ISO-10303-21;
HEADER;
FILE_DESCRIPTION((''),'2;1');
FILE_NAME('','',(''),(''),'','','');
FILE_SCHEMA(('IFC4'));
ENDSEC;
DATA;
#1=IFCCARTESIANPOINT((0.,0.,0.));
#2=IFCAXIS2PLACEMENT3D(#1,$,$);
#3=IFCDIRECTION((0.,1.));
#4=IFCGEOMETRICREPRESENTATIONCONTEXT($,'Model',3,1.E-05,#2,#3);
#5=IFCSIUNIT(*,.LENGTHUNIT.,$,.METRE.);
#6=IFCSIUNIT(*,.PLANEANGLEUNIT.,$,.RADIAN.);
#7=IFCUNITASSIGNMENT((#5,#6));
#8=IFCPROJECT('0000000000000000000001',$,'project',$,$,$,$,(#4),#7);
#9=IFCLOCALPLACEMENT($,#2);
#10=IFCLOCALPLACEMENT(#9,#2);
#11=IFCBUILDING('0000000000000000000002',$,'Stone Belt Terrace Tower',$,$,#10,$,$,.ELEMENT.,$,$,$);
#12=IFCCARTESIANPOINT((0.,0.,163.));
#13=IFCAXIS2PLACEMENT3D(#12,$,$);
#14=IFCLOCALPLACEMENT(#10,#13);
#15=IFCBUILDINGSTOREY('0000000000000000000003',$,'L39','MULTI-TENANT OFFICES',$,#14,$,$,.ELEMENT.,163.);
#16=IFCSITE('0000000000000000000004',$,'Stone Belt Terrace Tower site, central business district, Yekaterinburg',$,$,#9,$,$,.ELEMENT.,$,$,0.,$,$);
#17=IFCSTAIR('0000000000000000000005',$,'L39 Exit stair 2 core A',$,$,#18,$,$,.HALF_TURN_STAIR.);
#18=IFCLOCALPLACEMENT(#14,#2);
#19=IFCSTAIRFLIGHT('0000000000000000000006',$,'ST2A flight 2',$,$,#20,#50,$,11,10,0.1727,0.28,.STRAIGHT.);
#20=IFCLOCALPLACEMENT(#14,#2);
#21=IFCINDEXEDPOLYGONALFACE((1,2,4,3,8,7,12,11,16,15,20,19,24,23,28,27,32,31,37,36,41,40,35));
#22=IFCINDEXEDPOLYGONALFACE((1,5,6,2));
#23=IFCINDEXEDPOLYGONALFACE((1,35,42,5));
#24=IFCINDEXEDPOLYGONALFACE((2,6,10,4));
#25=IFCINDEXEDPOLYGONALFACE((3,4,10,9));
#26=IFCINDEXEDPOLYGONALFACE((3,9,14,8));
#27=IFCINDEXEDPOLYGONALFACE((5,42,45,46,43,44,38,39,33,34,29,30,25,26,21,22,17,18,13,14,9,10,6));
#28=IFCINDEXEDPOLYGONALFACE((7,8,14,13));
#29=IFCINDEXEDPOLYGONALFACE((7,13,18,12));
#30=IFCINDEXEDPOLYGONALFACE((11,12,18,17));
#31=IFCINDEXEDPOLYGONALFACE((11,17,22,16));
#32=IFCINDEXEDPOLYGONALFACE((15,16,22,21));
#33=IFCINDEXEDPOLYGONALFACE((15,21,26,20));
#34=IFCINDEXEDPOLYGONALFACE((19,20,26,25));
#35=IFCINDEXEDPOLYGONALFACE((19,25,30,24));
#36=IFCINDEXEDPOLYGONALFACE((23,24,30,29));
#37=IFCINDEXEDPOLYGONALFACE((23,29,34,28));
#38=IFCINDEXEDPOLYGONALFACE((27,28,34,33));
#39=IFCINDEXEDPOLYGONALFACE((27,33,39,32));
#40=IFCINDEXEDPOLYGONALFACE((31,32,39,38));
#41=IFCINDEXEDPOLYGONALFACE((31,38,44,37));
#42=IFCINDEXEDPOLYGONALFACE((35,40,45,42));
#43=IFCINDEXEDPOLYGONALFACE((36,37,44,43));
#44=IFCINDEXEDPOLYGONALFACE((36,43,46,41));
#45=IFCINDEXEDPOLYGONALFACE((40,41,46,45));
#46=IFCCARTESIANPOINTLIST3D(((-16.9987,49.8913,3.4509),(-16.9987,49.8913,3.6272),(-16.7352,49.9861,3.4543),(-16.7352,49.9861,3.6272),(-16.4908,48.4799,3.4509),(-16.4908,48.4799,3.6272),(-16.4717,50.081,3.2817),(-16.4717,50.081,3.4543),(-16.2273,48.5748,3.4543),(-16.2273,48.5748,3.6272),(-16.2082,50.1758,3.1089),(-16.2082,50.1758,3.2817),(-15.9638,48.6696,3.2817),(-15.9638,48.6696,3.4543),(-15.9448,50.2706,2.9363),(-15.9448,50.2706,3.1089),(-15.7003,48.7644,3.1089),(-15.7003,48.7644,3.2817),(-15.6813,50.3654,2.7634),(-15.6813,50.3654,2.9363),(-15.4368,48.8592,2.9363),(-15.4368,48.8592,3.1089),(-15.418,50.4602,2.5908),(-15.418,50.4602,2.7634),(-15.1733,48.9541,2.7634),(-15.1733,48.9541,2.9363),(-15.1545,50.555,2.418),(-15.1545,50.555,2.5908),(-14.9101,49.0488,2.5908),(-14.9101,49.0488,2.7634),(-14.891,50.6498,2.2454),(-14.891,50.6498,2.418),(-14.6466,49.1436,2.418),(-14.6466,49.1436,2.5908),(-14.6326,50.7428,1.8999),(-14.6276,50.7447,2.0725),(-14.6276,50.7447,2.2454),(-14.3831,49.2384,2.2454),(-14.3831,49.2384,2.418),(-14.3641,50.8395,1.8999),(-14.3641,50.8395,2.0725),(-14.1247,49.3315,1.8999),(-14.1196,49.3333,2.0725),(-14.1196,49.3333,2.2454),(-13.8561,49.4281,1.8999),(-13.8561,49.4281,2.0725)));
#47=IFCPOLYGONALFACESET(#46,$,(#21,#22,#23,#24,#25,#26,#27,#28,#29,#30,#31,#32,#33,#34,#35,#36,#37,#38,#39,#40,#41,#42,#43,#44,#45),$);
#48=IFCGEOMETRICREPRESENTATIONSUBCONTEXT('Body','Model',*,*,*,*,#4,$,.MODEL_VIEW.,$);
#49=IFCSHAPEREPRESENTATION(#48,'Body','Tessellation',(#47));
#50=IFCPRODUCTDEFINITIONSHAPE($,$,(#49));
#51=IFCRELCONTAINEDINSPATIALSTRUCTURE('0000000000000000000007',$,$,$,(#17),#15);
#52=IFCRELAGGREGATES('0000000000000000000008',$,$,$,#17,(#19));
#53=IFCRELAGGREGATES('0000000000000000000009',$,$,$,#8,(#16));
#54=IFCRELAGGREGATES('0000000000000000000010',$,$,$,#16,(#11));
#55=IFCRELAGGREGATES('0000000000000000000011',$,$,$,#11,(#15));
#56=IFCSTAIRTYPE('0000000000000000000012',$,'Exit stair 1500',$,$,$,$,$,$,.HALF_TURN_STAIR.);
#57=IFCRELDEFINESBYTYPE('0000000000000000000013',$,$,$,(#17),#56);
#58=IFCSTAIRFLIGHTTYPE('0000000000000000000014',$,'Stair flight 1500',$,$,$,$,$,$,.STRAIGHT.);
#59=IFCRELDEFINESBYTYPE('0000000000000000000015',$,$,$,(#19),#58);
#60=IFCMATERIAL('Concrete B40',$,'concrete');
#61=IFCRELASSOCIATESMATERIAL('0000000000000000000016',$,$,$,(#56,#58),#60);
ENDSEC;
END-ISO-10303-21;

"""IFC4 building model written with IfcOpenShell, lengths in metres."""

from ifc_helpers import new_model, si_unit, direction, frame, origin, place, context, subcontext, project, spatial, polyline, outline, extrude, material, type_object, element, aggregate, save


model = new_model("IFC4")

# Units and contexts
model_context = context("Model", 3, precision=1e-05, world=origin(), true_north=direction((0.0, 1.0)))
body_context = subcontext(model_context, "Body", "Model", "MODEL_VIEW")
ifc_project = project(units=[si_unit("LENGTHUNIT", "METRE"), si_unit("PLANEANGLEUNIT", "RADIAN")], contexts=[model_context])

# Site, building, storey
site_placement = place(None, origin())
site = spatial("IfcSite", under=ifc_project, at=site_placement, Name="Stone Belt Terrace Tower site, central business district, Yekaterinburg", CompositionType="ELEMENT", RefElevation=0.0)
building_placement = place(site_placement, origin())
building = spatial("IfcBuilding", under=site, at=building_placement, Name="Stone Belt Terrace Tower", CompositionType="ELEMENT")
storey_placement = place(building_placement, frame((0.0, 0.0, 163.0)))
storey = spatial("IfcBuildingStorey", under=building, at=storey_placement, Name="L39", Description="MULTI-TENANT OFFICES", CompositionType="ELEMENT", Elevation=163.0)

# Stair, stair flight
ifc_material_1 = material(Name="Concrete B40", Category="concrete")
stair_type = type_object("IfcStairType", Name="Exit stair 1500", PredefinedType="HALF_TURN_STAIR", material=ifc_material_1)
stair_placement = place(storey_placement, origin())
stair = element("IfcStair", 1, at=stair_placement, inside=storey, type_object=stair_type, Name="L39 Exit stair 2 core A", PredefinedType="HALF_TURN_STAIR")
stair_flight_type = type_object("IfcStairFlightType", Name="Stair flight 1500", PredefinedType="STRAIGHT", material=ifc_material_1)
stair_flight_1_placement = place(storey_placement, frame((-14.1101, 50.1338, 1.8999), z_axis=(0.0, 0.0, 1.0), x_axis=(-0.940922, -0.338624, 0.0)))
stair_flight_1 = element("IfcStairFlight", 2, at=stair_flight_1_placement, type_object=stair_flight_type, Name="ST2A flight 2", NumberOfRisers=11, NumberOfTreads=10, PredefinedType="STRAIGHT", RiserHeight=0.1727, TreadLength=0.28, context=body_context, shape_type="SweptSolid", body=[
    extrude(outline(polyline([(0.0, 0.0), (0.0, 0.1726), (0.28, 0.1726), (0.28, 0.3455), (0.5601, 0.3455), (0.5601, 0.5181), (0.8401, 0.5181), (0.8401, 0.6909), (1.1201, 0.6909), (1.1201, 0.8635), (1.3999, 0.8635), (1.3999, 1.0364), (1.6799, 1.0364), (1.6799, 1.209), (1.96, 1.209), (1.96, 1.3818), (2.24, 1.3818), (2.24, 1.5544), (2.52, 1.5544), (2.52, 1.7273), (2.8, 1.7273), (2.8, 1.8999), (2.8, 1.551), (0.2854, 0.0), (0.0, 0.0)])), frame((0.0, 0.75, 0.0), z_axis=(0.0, -1.0, 0.0), x_axis=(1.0, 0.0, 0.0)), (0.0, 0.0, 1.0), 1.5),
])
aggregate(stair, [stair_flight_1])

save(model, "model.ifc")
